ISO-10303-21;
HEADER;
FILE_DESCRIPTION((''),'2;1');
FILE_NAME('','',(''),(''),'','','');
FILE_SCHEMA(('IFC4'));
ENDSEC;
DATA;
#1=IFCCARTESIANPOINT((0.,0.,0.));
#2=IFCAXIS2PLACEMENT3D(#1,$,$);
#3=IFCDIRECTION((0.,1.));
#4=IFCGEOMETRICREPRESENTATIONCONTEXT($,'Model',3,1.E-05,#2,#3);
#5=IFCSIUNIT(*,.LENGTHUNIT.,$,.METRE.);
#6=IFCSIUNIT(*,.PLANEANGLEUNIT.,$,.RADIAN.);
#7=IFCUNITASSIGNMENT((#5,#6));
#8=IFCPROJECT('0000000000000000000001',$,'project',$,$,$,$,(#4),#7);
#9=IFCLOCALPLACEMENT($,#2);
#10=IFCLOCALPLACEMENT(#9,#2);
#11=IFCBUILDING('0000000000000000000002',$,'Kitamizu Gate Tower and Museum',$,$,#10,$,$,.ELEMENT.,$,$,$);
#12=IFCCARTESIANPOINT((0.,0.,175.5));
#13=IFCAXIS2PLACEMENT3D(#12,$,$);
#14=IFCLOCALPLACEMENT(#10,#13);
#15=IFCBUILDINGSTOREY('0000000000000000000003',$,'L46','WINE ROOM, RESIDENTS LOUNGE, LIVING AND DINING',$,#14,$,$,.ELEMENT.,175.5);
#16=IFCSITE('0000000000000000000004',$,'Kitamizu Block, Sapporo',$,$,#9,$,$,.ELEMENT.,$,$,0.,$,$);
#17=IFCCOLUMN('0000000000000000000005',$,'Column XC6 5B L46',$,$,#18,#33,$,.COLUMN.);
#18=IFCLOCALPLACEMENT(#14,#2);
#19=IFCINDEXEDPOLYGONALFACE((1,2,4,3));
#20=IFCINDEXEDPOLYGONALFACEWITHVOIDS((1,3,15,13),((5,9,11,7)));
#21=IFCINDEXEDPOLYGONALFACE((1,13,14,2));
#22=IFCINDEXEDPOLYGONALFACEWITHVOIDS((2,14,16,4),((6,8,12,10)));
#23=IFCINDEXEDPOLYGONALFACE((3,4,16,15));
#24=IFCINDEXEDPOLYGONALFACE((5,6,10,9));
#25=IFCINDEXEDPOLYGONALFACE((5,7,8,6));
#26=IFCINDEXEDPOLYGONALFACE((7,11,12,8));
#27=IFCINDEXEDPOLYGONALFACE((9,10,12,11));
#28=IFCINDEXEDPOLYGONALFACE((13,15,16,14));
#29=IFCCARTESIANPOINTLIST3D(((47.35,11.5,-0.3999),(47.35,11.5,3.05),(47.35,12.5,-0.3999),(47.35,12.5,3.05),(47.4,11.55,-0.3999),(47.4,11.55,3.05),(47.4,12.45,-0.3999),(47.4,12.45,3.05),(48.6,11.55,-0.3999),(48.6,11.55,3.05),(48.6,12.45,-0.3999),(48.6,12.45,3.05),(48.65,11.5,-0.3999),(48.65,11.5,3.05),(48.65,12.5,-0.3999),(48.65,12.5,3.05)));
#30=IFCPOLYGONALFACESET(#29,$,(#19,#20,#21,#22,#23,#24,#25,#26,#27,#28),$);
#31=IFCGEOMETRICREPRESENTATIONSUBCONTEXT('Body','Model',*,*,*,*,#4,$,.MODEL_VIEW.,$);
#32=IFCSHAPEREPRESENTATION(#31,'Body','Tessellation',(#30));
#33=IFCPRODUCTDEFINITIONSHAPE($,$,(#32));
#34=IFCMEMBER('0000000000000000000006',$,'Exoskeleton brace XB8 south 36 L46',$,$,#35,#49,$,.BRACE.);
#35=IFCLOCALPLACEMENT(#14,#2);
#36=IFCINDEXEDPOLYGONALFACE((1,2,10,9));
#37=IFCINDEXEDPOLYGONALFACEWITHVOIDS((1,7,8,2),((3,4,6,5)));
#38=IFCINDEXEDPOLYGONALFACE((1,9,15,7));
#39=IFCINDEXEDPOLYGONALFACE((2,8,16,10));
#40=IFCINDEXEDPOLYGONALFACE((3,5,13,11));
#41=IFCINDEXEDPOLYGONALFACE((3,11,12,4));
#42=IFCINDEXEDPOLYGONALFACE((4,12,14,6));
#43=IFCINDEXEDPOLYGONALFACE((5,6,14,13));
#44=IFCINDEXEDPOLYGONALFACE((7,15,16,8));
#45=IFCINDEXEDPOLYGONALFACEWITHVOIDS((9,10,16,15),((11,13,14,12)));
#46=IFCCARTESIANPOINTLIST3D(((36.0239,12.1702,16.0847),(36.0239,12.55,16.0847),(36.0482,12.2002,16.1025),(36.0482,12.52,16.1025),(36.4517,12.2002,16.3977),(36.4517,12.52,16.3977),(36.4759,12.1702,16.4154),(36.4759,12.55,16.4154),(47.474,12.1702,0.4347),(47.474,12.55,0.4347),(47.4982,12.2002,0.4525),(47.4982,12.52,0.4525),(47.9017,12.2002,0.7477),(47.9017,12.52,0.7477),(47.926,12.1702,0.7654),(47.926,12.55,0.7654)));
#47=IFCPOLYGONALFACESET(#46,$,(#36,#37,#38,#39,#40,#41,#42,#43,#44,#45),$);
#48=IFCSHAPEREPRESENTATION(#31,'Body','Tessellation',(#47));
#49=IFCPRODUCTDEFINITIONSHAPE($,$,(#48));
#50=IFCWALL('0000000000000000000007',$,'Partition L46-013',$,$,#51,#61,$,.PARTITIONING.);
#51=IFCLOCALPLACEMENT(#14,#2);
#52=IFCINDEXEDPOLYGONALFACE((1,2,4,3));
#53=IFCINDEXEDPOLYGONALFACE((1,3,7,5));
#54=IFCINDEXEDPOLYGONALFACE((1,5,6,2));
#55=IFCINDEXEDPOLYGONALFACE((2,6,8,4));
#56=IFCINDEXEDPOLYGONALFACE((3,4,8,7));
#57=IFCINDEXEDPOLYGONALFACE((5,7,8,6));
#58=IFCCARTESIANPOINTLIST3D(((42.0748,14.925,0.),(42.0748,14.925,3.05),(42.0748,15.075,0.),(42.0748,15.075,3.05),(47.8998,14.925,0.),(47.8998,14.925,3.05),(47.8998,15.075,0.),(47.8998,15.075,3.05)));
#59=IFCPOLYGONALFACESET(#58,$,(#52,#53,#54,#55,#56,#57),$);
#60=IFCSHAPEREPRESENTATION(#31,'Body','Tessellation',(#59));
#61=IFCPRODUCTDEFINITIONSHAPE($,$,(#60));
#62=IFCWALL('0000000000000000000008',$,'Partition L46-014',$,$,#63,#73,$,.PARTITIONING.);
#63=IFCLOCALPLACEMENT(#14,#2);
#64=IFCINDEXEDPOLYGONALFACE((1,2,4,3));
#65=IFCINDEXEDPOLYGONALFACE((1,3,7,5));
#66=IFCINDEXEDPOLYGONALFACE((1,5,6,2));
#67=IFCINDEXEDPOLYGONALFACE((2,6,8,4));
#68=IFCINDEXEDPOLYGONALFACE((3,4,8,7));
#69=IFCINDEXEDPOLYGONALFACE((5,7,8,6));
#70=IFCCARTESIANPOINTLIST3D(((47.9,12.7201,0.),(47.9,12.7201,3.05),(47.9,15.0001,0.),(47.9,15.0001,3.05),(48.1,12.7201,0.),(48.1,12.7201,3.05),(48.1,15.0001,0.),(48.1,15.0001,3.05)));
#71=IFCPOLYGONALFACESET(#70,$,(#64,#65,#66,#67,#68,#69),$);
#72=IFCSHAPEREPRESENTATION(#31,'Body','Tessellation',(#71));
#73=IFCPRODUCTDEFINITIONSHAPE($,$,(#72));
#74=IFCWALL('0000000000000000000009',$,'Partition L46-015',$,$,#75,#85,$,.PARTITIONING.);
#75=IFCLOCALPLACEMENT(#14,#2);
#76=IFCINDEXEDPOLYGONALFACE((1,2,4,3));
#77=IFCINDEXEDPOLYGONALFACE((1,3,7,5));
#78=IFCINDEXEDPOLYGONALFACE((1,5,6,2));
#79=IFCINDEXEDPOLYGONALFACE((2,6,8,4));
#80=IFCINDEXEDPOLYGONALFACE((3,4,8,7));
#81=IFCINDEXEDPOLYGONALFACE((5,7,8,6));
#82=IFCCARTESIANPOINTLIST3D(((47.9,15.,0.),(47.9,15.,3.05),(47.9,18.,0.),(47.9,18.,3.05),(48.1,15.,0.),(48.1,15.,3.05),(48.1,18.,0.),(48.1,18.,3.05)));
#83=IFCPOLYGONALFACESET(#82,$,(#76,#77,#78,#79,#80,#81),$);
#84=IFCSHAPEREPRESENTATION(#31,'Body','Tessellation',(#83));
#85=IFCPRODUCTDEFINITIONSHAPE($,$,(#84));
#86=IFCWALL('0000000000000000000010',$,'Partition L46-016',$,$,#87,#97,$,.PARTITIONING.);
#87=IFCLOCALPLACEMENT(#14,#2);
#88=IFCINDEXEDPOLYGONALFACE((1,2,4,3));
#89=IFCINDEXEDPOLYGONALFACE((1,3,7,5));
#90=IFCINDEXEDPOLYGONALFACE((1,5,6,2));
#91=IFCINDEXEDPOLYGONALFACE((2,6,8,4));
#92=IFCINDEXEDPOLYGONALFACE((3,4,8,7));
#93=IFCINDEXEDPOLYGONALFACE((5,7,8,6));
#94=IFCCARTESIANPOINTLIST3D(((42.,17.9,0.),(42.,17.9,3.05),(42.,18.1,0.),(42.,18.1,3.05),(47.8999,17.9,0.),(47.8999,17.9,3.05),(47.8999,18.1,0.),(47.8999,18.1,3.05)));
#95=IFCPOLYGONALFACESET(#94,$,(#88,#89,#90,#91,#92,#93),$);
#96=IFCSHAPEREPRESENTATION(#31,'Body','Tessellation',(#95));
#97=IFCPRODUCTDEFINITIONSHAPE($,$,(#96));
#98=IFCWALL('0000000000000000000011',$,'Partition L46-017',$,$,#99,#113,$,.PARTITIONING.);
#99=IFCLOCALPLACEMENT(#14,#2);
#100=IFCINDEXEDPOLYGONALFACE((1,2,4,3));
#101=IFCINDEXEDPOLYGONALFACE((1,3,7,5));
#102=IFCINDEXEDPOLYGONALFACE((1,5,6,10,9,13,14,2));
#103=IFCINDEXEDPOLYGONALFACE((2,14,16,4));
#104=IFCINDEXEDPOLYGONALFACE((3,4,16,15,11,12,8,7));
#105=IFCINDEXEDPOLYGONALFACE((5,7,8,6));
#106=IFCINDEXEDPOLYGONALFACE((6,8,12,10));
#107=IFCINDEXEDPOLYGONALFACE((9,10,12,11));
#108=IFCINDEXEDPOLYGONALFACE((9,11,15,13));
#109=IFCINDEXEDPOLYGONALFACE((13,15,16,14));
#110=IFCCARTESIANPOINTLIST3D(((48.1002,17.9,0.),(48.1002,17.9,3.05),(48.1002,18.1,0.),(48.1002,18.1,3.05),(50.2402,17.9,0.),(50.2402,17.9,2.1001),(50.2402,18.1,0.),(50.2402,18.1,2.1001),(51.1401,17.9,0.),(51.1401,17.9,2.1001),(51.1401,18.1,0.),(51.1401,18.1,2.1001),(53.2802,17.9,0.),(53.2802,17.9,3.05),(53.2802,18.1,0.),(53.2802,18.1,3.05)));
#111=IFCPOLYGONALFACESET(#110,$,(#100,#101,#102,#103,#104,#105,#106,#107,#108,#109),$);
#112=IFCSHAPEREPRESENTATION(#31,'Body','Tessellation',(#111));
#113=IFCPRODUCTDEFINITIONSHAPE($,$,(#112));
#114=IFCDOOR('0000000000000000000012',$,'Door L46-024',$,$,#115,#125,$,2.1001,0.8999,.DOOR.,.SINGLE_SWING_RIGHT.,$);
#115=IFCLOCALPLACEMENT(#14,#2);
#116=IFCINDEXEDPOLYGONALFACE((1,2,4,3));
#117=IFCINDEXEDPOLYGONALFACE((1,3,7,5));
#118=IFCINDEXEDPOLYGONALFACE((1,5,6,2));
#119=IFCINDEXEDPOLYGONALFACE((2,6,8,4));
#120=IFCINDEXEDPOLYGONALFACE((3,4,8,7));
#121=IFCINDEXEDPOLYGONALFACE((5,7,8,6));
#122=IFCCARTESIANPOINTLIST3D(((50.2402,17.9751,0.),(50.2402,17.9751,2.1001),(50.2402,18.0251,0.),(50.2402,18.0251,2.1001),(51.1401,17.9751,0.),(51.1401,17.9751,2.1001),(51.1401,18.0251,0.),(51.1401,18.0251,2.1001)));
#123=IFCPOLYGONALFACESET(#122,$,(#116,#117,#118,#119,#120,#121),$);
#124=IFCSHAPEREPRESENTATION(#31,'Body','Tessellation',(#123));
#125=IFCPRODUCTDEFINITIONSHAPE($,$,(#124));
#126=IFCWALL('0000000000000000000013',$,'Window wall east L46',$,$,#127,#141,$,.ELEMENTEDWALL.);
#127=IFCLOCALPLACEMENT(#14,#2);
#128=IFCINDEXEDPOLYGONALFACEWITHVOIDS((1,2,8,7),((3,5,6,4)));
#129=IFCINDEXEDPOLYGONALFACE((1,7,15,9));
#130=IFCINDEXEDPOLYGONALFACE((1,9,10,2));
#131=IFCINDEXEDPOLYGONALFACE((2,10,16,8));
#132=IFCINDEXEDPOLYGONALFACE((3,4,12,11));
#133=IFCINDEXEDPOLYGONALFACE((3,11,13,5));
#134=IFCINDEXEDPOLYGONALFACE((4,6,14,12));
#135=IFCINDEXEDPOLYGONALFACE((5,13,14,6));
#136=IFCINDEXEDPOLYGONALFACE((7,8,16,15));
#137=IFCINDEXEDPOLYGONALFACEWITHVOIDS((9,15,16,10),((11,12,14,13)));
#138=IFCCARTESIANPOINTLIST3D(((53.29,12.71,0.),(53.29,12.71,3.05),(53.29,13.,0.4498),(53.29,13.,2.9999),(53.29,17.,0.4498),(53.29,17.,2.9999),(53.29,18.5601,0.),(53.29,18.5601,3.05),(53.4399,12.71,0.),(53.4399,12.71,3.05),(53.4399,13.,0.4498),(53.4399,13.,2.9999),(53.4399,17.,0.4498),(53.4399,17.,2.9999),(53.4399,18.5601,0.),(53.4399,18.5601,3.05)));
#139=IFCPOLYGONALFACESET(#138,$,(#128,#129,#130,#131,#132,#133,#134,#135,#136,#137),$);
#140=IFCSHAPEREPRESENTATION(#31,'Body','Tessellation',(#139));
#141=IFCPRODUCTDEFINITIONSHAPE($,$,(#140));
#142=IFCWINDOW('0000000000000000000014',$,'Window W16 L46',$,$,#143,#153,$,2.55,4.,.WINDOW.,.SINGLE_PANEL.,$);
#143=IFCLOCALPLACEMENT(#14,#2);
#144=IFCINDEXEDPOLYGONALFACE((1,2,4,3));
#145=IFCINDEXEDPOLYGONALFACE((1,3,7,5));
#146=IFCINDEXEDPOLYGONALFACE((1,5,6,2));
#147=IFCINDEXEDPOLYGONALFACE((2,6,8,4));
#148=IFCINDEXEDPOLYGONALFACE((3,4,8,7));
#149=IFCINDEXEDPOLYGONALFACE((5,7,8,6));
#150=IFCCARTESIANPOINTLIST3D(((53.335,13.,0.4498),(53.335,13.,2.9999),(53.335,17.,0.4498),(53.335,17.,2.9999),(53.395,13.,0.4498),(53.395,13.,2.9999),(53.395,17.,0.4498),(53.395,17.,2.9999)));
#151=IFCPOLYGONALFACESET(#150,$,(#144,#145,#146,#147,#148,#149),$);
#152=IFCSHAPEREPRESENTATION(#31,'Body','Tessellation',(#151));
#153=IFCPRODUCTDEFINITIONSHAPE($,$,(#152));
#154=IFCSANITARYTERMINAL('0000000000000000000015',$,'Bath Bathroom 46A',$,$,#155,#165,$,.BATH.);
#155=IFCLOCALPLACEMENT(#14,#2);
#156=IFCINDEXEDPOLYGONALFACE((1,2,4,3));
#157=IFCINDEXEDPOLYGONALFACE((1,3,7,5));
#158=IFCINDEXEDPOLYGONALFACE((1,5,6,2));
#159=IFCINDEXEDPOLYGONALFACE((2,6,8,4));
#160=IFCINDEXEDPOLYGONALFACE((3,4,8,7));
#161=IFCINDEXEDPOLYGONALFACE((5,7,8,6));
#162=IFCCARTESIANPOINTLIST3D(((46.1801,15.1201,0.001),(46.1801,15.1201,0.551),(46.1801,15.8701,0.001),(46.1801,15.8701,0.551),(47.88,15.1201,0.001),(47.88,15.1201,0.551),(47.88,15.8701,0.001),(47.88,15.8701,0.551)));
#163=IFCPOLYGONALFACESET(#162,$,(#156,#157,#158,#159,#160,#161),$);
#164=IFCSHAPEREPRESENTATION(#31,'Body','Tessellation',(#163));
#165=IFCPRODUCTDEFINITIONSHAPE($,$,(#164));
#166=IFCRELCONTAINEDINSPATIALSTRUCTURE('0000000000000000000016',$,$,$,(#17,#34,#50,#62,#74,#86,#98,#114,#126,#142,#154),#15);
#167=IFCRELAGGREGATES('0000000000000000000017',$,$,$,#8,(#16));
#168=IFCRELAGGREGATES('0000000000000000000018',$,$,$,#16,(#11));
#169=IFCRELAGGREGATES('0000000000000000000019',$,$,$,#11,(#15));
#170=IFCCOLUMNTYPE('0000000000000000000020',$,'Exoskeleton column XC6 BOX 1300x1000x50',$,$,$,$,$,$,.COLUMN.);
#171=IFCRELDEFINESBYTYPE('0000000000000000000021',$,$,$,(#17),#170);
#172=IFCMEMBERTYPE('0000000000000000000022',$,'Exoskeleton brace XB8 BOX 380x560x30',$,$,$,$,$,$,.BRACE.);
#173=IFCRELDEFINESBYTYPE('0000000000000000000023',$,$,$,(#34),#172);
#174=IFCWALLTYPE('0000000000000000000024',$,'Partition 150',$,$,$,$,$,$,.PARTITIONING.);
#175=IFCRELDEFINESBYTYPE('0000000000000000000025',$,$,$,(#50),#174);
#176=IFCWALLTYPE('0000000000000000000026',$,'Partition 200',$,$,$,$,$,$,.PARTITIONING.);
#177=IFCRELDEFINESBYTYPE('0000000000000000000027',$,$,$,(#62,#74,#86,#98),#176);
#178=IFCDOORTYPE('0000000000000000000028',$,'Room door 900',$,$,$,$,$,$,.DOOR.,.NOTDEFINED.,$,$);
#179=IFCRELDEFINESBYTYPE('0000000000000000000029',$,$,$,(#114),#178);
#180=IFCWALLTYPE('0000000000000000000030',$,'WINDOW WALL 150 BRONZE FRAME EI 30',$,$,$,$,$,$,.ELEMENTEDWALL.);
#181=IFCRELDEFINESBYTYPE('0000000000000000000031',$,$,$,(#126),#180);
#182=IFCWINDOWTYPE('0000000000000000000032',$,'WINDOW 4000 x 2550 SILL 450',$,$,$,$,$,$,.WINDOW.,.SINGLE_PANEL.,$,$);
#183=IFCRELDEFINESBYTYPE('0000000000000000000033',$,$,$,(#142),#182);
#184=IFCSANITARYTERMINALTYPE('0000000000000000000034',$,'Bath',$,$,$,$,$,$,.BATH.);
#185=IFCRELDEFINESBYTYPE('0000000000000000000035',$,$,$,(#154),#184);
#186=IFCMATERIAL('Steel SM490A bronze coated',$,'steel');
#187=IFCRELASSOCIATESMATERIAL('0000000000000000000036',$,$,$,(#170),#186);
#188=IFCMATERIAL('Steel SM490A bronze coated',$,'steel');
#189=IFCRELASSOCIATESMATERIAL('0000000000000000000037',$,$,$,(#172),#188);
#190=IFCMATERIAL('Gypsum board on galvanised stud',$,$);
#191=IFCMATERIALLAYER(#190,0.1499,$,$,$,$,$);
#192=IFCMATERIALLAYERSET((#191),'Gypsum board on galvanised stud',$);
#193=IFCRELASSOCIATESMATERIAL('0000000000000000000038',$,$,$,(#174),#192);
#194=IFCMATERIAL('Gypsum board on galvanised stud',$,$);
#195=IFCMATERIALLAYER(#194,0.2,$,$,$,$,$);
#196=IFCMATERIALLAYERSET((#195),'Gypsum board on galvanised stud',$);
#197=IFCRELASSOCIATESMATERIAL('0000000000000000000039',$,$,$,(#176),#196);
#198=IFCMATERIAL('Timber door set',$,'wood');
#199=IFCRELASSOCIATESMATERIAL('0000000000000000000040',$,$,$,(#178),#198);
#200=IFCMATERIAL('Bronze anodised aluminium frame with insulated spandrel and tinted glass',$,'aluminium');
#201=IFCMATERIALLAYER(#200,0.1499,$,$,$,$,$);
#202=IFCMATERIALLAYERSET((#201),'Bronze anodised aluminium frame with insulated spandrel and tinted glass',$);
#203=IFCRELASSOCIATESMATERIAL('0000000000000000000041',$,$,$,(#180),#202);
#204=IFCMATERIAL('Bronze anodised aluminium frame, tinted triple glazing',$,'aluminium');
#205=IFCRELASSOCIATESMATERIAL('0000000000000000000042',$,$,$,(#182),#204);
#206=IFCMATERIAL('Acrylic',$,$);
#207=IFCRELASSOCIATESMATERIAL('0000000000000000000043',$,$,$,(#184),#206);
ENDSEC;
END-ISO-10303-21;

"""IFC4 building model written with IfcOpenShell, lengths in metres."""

from ifc_helpers import new_model, si_unit, direction, frame, frame_2d, origin, origin_2d, place, context, subcontext, project, spatial, rectangle, hollow_rectangle, extrude, material, layer, layer_set, material_profile, profile_set, type_object, element, fill, save


model = new_model("IFC4")

# Units and contexts
model_context = context("Model", 3, precision=1e-05, world=origin(), true_north=direction((0.0, 1.0)))
body_context = subcontext(model_context, "Body", "Model", "MODEL_VIEW")
ifc_project = project(units=[si_unit("LENGTHUNIT", "METRE"), si_unit("PLANEANGLEUNIT", "RADIAN")], contexts=[model_context])

# Site, building, storey
site_placement = place(None, origin())
site = spatial("IfcSite", under=ifc_project, at=site_placement, Name="Kitamizu Block, Sapporo", CompositionType="ELEMENT", RefElevation=0.0)
building_placement = place(site_placement, origin())
building = spatial("IfcBuilding", under=site, at=building_placement, Name="Kitamizu Gate Tower and Museum", CompositionType="ELEMENT")
storey_placement = place(building_placement, frame((0.0, 0.0, 175.5)))
storey = spatial("IfcBuildingStorey", under=building, at=storey_placement, Name="L46", Description="WINE ROOM, RESIDENTS LOUNGE, LIVING AND DINING", CompositionType="ELEMENT", Elevation=175.5)

# Column
ifc_material_1 = material(Name="Steel SM490A bronze coated", Category="steel")
ifc_material_profile_1 = material_profile(ifc_material_1, hollow_rectangle(XDim=1.3, YDim=1.0, WallThickness=0.05, at=origin_2d()), Name="BOX 1300x1000x50")
ifc_profile_set_1 = profile_set([ifc_material_profile_1], Name="Steel SM490A bronze coated")
column_type = type_object("IfcColumnType", Name="Exoskeleton column XC6 BOX 1300x1000x50", PredefinedType="COLUMN", material=ifc_profile_set_1)
column_placement = place(storey_placement, frame((48.0, 12.0, -0.3999), z_axis=(0.0, 0.0, 1.0), x_axis=(1.0, 0.0, 0.0)))
element("IfcColumn", 1, at=column_placement, inside=storey, type_object=column_type, Name="Column XC6 5B L46", PredefinedType="COLUMN", context=body_context, shape_type="SweptSolid", body=[
    extrude(hollow_rectangle(XDim=1.3, YDim=1.0, WallThickness=0.05, at=origin_2d()), origin(), (0.0, 0.0, 1.0), 3.45),
])

# Member
ifc_material_2 = material(Name="Steel SM490A bronze coated", Category="steel")
ifc_material_profile_2 = material_profile(ifc_material_2, hollow_rectangle(XDim=0.3799, YDim=0.5601, WallThickness=0.03, at=origin_2d()), Name="BOX 380x560x30")
ifc_profile_set_2 = profile_set([ifc_material_profile_2], Name="Steel SM490A bronze coated")
member_type = type_object("IfcMemberType", Name="Exoskeleton brace XB8 BOX 380x560x30", PredefinedType="BRACE", material=ifc_profile_set_2)
member_placement = place(storey_placement, frame((47.7, 12.3601, 0.6001), z_axis=(-0.59047, 0.0, 0.80706), x_axis=(0.0, -1.0, 0.0)))
element("IfcMember", 2, at=member_placement, inside=storey, type_object=member_type, Name="Exoskeleton brace XB8 south 36 L46", PredefinedType="BRACE", context=body_context, shape_type="SweptSolid", body=[
    extrude(hollow_rectangle(XDim=0.3799, YDim=0.5601, WallThickness=0.03, at=origin_2d()), origin(), (0.0, 0.0, 1.0), 19.3914),
])

# Walls
ifc_material_3 = material(Name="Gypsum board on galvanised stud")
ifc_layer_1 = layer(ifc_material_3, 0.1499)
ifc_layer_set_1 = layer_set([ifc_layer_1], Name="Gypsum board on galvanised stud")
wall_type_1 = type_object("IfcWallType", Name="Partition 150", PredefinedType="PARTITIONING", material=ifc_layer_set_1)
wall_1_placement = place(storey_placement, frame((47.8999, 15.0, 0.0), z_axis=(0.0, 0.0, 1.0), x_axis=(-1.0, 0.0, 0.0)))
element("IfcWall", 3, at=wall_1_placement, inside=storey, type_object=wall_type_1, Name="Partition L46-013", PredefinedType="PARTITIONING", context=body_context, shape_type="SweptSolid", body=[
    extrude(rectangle(XDim=5.825, YDim=0.1499, at=frame_2d((2.9126, 0.0))), origin(), (0.0, 0.0, 1.0), 3.05),
])
ifc_material_4 = material(Name="Gypsum board on galvanised stud")
ifc_layer_2 = layer(ifc_material_4, 0.2)
ifc_layer_set_2 = layer_set([ifc_layer_2], Name="Gypsum board on galvanised stud")
wall_type_2 = type_object("IfcWallType", Name="Partition 200", PredefinedType="PARTITIONING", material=ifc_layer_set_2)
wall_2_placement = place(storey_placement, frame((48.0, 12.72, 0.0), z_axis=(0.0, 0.0, 1.0), x_axis=(0.0, 1.0, 0.0)))
element("IfcWall", 4, at=wall_2_placement, inside=storey, type_object=wall_type_2, Name="Partition L46-014", PredefinedType="PARTITIONING", context=body_context, shape_type="SweptSolid", body=[
    extrude(rectangle(XDim=2.28, YDim=0.2, at=frame_2d((1.1401, 0.0))), origin(), (0.0, 0.0, 1.0), 3.05),
])
wall_3_placement = place(storey_placement, frame((48.0, 15.0, 0.0), z_axis=(0.0, 0.0, 1.0), x_axis=(0.0, 1.0, 0.0)))
element("IfcWall", 5, at=wall_3_placement, inside=storey, type_object=wall_type_2, Name="Partition L46-015", PredefinedType="PARTITIONING", context=body_context, shape_type="SweptSolid", body=[
    extrude(rectangle(XDim=3.0, YDim=0.2, at=frame_2d((1.5, 0.0))), origin(), (0.0, 0.0, 1.0), 3.05),
])
wall_4_placement = place(storey_placement, frame((47.8999, 18.0, 0.0), z_axis=(0.0, 0.0, 1.0), x_axis=(-1.0, 0.0, 0.0)))
element("IfcWall", 6, at=wall_4_placement, inside=storey, type_object=wall_type_2, Name="Partition L46-016", PredefinedType="PARTITIONING", context=body_context, shape_type="SweptSolid", body=[
    extrude(rectangle(XDim=5.8999, YDim=0.2, at=frame_2d((2.95, 0.0))), origin(), (0.0, 0.0, 1.0), 3.05),
])

# Wall, opening, door
wall_5_placement = place(storey_placement, frame((53.28, 18.0, 0.0), z_axis=(0.0, 0.0, 1.0), x_axis=(-1.0, 0.0, 0.0)))
wall_5 = element("IfcWall", 7, at=wall_5_placement, inside=storey, type_object=wall_type_2, Name="Partition L46-017", PredefinedType="PARTITIONING", context=body_context, shape_type="SweptSolid", body=[
    extrude(rectangle(XDim=5.1799, YDim=0.2, at=frame_2d((2.5898, 0.0))), origin(), (0.0, 0.0, 1.0), 3.05),
])
opening_1_placement = place(wall_5_placement, frame((2.1399, 0.0, 0.0)))
opening_1 = element("IfcOpeningElement", 8, at=opening_1_placement, cuts=wall_5, PredefinedType="OPENING", context=body_context, shape_type="SweptSolid", body=[
    extrude(rectangle(XDim=0.8999, YDim=2.1001, at=frame_2d((0.45, 1.05))), frame((0.0, 0.1099, 0.0), z_axis=(0.0, -1.0, 0.0), x_axis=(1.0, 0.0, 0.0)), (0.0, 0.0, 1.0), 0.22),
])
ifc_material_5 = material(Name="Timber door set", Category="wood")
door_type = type_object("IfcDoorType", Name="Room door 900", OperationType="NOTDEFINED", PredefinedType="DOOR", material=ifc_material_5)
door_placement = place(opening_1_placement, origin())
door = element("IfcDoor", 9, at=door_placement, inside=storey, type_object=door_type, Name="Door L46-024", OperationType="SINGLE_SWING_RIGHT", OverallHeight=2.1001, OverallWidth=0.8999, PredefinedType="DOOR", context=body_context, shape_type="SweptSolid", body=[
    extrude(rectangle(XDim=0.8999, YDim=2.1001, at=frame_2d((0.45, 1.05))), frame((0.0, 0.0249, 0.0), z_axis=(0.0, -1.0, 0.0), x_axis=(1.0, 0.0, 0.0)), (0.0, 0.0, 1.0), 0.05),
])
fill(opening_1, door)

# Wall, opening, window
ifc_material_6 = material(Name="Bronze anodised aluminium frame with insulated spandrel and tinted glass", Category="aluminium")
ifc_layer_3 = layer(ifc_material_6, 0.1499)
ifc_layer_set_3 = layer_set([ifc_layer_3], Name="Bronze anodised aluminium frame with insulated spandrel and tinted glass")
wall_type_3 = type_object("IfcWallType", Name="WINDOW WALL 150 BRONZE FRAME EI 30", PredefinedType="ELEMENTEDWALL", material=ifc_layer_set_3)
wall_6_placement = place(storey_placement, frame((53.365, 12.71, 0.0), z_axis=(0.0, 0.0, 1.0), x_axis=(0.0, 1.0, 0.0)))
wall_6 = element("IfcWall", 10, at=wall_6_placement, inside=storey, type_object=wall_type_3, Name="Window wall east L46", PredefinedType="ELEMENTEDWALL", context=body_context, shape_type="SweptSolid", body=[
    extrude(rectangle(XDim=5.8501, YDim=0.1499, at=frame_2d((2.925, 0.0))), origin(), (0.0, 0.0, 1.0), 3.05),
])
opening_2_placement = place(wall_6_placement, frame((0.29, 0.0, 0.45)))
opening_2 = element("IfcOpeningElement", 11, at=opening_2_placement, cuts=wall_6, PredefinedType="OPENING", context=body_context, shape_type="SweptSolid", body=[
    extrude(rectangle(XDim=4.0, YDim=2.55, at=frame_2d((2.0, 1.2749))), frame((0.0, 0.085, 0.0), z_axis=(0.0, -1.0, 0.0), x_axis=(1.0, 0.0, 0.0)), (0.0, 0.0, 1.0), 0.1699),
])
ifc_material_7 = material(Name="Bronze anodised aluminium frame, tinted triple glazing", Category="aluminium")
window_type = type_object("IfcWindowType", Name="WINDOW 4000 x 2550 SILL 450", PartitioningType="SINGLE_PANEL", PredefinedType="WINDOW", material=ifc_material_7)
window_placement = place(opening_2_placement, origin())
window = element("IfcWindow", 12, at=window_placement, inside=storey, type_object=window_type, Name="Window W16 L46", OverallHeight=2.55, OverallWidth=4.0, PartitioningType="SINGLE_PANEL", PredefinedType="WINDOW", context=body_context, shape_type="SweptSolid", body=[
    extrude(rectangle(XDim=4.0, YDim=2.55, at=frame_2d((2.0, 1.2749))), frame((0.0, 0.03, 0.0), z_axis=(0.0, -1.0, 0.0), x_axis=(1.0, 0.0, 0.0)), (0.0, 0.0, 1.0), 0.0601),
])
fill(opening_2, window)

# Sanitary terminal
ifc_material_8 = material(Name="Acrylic")
sanitary_terminal_type_1 = type_object("IfcSanitaryTerminalType", Name="Bath", PredefinedType="BATH", material=ifc_material_8)
sanitary_terminal_1_placement = place(storey_placement, frame((47.03, 15.4951, 0.001), z_axis=(0.0, 0.0, 1.0), x_axis=(1.0, 0.0, 0.0)))
element("IfcSanitaryTerminal", 13, at=sanitary_terminal_1_placement, inside=storey, type_object=sanitary_terminal_type_1, Name="Bath Bathroom 46A", PredefinedType="BATH", context=body_context, shape_type="SweptSolid", body=[
    extrude(rectangle(XDim=1.7, YDim=0.75, at=origin_2d()), origin(), (0.0, 0.0, 1.0), 0.55),
])

save(model, "model.ifc")
